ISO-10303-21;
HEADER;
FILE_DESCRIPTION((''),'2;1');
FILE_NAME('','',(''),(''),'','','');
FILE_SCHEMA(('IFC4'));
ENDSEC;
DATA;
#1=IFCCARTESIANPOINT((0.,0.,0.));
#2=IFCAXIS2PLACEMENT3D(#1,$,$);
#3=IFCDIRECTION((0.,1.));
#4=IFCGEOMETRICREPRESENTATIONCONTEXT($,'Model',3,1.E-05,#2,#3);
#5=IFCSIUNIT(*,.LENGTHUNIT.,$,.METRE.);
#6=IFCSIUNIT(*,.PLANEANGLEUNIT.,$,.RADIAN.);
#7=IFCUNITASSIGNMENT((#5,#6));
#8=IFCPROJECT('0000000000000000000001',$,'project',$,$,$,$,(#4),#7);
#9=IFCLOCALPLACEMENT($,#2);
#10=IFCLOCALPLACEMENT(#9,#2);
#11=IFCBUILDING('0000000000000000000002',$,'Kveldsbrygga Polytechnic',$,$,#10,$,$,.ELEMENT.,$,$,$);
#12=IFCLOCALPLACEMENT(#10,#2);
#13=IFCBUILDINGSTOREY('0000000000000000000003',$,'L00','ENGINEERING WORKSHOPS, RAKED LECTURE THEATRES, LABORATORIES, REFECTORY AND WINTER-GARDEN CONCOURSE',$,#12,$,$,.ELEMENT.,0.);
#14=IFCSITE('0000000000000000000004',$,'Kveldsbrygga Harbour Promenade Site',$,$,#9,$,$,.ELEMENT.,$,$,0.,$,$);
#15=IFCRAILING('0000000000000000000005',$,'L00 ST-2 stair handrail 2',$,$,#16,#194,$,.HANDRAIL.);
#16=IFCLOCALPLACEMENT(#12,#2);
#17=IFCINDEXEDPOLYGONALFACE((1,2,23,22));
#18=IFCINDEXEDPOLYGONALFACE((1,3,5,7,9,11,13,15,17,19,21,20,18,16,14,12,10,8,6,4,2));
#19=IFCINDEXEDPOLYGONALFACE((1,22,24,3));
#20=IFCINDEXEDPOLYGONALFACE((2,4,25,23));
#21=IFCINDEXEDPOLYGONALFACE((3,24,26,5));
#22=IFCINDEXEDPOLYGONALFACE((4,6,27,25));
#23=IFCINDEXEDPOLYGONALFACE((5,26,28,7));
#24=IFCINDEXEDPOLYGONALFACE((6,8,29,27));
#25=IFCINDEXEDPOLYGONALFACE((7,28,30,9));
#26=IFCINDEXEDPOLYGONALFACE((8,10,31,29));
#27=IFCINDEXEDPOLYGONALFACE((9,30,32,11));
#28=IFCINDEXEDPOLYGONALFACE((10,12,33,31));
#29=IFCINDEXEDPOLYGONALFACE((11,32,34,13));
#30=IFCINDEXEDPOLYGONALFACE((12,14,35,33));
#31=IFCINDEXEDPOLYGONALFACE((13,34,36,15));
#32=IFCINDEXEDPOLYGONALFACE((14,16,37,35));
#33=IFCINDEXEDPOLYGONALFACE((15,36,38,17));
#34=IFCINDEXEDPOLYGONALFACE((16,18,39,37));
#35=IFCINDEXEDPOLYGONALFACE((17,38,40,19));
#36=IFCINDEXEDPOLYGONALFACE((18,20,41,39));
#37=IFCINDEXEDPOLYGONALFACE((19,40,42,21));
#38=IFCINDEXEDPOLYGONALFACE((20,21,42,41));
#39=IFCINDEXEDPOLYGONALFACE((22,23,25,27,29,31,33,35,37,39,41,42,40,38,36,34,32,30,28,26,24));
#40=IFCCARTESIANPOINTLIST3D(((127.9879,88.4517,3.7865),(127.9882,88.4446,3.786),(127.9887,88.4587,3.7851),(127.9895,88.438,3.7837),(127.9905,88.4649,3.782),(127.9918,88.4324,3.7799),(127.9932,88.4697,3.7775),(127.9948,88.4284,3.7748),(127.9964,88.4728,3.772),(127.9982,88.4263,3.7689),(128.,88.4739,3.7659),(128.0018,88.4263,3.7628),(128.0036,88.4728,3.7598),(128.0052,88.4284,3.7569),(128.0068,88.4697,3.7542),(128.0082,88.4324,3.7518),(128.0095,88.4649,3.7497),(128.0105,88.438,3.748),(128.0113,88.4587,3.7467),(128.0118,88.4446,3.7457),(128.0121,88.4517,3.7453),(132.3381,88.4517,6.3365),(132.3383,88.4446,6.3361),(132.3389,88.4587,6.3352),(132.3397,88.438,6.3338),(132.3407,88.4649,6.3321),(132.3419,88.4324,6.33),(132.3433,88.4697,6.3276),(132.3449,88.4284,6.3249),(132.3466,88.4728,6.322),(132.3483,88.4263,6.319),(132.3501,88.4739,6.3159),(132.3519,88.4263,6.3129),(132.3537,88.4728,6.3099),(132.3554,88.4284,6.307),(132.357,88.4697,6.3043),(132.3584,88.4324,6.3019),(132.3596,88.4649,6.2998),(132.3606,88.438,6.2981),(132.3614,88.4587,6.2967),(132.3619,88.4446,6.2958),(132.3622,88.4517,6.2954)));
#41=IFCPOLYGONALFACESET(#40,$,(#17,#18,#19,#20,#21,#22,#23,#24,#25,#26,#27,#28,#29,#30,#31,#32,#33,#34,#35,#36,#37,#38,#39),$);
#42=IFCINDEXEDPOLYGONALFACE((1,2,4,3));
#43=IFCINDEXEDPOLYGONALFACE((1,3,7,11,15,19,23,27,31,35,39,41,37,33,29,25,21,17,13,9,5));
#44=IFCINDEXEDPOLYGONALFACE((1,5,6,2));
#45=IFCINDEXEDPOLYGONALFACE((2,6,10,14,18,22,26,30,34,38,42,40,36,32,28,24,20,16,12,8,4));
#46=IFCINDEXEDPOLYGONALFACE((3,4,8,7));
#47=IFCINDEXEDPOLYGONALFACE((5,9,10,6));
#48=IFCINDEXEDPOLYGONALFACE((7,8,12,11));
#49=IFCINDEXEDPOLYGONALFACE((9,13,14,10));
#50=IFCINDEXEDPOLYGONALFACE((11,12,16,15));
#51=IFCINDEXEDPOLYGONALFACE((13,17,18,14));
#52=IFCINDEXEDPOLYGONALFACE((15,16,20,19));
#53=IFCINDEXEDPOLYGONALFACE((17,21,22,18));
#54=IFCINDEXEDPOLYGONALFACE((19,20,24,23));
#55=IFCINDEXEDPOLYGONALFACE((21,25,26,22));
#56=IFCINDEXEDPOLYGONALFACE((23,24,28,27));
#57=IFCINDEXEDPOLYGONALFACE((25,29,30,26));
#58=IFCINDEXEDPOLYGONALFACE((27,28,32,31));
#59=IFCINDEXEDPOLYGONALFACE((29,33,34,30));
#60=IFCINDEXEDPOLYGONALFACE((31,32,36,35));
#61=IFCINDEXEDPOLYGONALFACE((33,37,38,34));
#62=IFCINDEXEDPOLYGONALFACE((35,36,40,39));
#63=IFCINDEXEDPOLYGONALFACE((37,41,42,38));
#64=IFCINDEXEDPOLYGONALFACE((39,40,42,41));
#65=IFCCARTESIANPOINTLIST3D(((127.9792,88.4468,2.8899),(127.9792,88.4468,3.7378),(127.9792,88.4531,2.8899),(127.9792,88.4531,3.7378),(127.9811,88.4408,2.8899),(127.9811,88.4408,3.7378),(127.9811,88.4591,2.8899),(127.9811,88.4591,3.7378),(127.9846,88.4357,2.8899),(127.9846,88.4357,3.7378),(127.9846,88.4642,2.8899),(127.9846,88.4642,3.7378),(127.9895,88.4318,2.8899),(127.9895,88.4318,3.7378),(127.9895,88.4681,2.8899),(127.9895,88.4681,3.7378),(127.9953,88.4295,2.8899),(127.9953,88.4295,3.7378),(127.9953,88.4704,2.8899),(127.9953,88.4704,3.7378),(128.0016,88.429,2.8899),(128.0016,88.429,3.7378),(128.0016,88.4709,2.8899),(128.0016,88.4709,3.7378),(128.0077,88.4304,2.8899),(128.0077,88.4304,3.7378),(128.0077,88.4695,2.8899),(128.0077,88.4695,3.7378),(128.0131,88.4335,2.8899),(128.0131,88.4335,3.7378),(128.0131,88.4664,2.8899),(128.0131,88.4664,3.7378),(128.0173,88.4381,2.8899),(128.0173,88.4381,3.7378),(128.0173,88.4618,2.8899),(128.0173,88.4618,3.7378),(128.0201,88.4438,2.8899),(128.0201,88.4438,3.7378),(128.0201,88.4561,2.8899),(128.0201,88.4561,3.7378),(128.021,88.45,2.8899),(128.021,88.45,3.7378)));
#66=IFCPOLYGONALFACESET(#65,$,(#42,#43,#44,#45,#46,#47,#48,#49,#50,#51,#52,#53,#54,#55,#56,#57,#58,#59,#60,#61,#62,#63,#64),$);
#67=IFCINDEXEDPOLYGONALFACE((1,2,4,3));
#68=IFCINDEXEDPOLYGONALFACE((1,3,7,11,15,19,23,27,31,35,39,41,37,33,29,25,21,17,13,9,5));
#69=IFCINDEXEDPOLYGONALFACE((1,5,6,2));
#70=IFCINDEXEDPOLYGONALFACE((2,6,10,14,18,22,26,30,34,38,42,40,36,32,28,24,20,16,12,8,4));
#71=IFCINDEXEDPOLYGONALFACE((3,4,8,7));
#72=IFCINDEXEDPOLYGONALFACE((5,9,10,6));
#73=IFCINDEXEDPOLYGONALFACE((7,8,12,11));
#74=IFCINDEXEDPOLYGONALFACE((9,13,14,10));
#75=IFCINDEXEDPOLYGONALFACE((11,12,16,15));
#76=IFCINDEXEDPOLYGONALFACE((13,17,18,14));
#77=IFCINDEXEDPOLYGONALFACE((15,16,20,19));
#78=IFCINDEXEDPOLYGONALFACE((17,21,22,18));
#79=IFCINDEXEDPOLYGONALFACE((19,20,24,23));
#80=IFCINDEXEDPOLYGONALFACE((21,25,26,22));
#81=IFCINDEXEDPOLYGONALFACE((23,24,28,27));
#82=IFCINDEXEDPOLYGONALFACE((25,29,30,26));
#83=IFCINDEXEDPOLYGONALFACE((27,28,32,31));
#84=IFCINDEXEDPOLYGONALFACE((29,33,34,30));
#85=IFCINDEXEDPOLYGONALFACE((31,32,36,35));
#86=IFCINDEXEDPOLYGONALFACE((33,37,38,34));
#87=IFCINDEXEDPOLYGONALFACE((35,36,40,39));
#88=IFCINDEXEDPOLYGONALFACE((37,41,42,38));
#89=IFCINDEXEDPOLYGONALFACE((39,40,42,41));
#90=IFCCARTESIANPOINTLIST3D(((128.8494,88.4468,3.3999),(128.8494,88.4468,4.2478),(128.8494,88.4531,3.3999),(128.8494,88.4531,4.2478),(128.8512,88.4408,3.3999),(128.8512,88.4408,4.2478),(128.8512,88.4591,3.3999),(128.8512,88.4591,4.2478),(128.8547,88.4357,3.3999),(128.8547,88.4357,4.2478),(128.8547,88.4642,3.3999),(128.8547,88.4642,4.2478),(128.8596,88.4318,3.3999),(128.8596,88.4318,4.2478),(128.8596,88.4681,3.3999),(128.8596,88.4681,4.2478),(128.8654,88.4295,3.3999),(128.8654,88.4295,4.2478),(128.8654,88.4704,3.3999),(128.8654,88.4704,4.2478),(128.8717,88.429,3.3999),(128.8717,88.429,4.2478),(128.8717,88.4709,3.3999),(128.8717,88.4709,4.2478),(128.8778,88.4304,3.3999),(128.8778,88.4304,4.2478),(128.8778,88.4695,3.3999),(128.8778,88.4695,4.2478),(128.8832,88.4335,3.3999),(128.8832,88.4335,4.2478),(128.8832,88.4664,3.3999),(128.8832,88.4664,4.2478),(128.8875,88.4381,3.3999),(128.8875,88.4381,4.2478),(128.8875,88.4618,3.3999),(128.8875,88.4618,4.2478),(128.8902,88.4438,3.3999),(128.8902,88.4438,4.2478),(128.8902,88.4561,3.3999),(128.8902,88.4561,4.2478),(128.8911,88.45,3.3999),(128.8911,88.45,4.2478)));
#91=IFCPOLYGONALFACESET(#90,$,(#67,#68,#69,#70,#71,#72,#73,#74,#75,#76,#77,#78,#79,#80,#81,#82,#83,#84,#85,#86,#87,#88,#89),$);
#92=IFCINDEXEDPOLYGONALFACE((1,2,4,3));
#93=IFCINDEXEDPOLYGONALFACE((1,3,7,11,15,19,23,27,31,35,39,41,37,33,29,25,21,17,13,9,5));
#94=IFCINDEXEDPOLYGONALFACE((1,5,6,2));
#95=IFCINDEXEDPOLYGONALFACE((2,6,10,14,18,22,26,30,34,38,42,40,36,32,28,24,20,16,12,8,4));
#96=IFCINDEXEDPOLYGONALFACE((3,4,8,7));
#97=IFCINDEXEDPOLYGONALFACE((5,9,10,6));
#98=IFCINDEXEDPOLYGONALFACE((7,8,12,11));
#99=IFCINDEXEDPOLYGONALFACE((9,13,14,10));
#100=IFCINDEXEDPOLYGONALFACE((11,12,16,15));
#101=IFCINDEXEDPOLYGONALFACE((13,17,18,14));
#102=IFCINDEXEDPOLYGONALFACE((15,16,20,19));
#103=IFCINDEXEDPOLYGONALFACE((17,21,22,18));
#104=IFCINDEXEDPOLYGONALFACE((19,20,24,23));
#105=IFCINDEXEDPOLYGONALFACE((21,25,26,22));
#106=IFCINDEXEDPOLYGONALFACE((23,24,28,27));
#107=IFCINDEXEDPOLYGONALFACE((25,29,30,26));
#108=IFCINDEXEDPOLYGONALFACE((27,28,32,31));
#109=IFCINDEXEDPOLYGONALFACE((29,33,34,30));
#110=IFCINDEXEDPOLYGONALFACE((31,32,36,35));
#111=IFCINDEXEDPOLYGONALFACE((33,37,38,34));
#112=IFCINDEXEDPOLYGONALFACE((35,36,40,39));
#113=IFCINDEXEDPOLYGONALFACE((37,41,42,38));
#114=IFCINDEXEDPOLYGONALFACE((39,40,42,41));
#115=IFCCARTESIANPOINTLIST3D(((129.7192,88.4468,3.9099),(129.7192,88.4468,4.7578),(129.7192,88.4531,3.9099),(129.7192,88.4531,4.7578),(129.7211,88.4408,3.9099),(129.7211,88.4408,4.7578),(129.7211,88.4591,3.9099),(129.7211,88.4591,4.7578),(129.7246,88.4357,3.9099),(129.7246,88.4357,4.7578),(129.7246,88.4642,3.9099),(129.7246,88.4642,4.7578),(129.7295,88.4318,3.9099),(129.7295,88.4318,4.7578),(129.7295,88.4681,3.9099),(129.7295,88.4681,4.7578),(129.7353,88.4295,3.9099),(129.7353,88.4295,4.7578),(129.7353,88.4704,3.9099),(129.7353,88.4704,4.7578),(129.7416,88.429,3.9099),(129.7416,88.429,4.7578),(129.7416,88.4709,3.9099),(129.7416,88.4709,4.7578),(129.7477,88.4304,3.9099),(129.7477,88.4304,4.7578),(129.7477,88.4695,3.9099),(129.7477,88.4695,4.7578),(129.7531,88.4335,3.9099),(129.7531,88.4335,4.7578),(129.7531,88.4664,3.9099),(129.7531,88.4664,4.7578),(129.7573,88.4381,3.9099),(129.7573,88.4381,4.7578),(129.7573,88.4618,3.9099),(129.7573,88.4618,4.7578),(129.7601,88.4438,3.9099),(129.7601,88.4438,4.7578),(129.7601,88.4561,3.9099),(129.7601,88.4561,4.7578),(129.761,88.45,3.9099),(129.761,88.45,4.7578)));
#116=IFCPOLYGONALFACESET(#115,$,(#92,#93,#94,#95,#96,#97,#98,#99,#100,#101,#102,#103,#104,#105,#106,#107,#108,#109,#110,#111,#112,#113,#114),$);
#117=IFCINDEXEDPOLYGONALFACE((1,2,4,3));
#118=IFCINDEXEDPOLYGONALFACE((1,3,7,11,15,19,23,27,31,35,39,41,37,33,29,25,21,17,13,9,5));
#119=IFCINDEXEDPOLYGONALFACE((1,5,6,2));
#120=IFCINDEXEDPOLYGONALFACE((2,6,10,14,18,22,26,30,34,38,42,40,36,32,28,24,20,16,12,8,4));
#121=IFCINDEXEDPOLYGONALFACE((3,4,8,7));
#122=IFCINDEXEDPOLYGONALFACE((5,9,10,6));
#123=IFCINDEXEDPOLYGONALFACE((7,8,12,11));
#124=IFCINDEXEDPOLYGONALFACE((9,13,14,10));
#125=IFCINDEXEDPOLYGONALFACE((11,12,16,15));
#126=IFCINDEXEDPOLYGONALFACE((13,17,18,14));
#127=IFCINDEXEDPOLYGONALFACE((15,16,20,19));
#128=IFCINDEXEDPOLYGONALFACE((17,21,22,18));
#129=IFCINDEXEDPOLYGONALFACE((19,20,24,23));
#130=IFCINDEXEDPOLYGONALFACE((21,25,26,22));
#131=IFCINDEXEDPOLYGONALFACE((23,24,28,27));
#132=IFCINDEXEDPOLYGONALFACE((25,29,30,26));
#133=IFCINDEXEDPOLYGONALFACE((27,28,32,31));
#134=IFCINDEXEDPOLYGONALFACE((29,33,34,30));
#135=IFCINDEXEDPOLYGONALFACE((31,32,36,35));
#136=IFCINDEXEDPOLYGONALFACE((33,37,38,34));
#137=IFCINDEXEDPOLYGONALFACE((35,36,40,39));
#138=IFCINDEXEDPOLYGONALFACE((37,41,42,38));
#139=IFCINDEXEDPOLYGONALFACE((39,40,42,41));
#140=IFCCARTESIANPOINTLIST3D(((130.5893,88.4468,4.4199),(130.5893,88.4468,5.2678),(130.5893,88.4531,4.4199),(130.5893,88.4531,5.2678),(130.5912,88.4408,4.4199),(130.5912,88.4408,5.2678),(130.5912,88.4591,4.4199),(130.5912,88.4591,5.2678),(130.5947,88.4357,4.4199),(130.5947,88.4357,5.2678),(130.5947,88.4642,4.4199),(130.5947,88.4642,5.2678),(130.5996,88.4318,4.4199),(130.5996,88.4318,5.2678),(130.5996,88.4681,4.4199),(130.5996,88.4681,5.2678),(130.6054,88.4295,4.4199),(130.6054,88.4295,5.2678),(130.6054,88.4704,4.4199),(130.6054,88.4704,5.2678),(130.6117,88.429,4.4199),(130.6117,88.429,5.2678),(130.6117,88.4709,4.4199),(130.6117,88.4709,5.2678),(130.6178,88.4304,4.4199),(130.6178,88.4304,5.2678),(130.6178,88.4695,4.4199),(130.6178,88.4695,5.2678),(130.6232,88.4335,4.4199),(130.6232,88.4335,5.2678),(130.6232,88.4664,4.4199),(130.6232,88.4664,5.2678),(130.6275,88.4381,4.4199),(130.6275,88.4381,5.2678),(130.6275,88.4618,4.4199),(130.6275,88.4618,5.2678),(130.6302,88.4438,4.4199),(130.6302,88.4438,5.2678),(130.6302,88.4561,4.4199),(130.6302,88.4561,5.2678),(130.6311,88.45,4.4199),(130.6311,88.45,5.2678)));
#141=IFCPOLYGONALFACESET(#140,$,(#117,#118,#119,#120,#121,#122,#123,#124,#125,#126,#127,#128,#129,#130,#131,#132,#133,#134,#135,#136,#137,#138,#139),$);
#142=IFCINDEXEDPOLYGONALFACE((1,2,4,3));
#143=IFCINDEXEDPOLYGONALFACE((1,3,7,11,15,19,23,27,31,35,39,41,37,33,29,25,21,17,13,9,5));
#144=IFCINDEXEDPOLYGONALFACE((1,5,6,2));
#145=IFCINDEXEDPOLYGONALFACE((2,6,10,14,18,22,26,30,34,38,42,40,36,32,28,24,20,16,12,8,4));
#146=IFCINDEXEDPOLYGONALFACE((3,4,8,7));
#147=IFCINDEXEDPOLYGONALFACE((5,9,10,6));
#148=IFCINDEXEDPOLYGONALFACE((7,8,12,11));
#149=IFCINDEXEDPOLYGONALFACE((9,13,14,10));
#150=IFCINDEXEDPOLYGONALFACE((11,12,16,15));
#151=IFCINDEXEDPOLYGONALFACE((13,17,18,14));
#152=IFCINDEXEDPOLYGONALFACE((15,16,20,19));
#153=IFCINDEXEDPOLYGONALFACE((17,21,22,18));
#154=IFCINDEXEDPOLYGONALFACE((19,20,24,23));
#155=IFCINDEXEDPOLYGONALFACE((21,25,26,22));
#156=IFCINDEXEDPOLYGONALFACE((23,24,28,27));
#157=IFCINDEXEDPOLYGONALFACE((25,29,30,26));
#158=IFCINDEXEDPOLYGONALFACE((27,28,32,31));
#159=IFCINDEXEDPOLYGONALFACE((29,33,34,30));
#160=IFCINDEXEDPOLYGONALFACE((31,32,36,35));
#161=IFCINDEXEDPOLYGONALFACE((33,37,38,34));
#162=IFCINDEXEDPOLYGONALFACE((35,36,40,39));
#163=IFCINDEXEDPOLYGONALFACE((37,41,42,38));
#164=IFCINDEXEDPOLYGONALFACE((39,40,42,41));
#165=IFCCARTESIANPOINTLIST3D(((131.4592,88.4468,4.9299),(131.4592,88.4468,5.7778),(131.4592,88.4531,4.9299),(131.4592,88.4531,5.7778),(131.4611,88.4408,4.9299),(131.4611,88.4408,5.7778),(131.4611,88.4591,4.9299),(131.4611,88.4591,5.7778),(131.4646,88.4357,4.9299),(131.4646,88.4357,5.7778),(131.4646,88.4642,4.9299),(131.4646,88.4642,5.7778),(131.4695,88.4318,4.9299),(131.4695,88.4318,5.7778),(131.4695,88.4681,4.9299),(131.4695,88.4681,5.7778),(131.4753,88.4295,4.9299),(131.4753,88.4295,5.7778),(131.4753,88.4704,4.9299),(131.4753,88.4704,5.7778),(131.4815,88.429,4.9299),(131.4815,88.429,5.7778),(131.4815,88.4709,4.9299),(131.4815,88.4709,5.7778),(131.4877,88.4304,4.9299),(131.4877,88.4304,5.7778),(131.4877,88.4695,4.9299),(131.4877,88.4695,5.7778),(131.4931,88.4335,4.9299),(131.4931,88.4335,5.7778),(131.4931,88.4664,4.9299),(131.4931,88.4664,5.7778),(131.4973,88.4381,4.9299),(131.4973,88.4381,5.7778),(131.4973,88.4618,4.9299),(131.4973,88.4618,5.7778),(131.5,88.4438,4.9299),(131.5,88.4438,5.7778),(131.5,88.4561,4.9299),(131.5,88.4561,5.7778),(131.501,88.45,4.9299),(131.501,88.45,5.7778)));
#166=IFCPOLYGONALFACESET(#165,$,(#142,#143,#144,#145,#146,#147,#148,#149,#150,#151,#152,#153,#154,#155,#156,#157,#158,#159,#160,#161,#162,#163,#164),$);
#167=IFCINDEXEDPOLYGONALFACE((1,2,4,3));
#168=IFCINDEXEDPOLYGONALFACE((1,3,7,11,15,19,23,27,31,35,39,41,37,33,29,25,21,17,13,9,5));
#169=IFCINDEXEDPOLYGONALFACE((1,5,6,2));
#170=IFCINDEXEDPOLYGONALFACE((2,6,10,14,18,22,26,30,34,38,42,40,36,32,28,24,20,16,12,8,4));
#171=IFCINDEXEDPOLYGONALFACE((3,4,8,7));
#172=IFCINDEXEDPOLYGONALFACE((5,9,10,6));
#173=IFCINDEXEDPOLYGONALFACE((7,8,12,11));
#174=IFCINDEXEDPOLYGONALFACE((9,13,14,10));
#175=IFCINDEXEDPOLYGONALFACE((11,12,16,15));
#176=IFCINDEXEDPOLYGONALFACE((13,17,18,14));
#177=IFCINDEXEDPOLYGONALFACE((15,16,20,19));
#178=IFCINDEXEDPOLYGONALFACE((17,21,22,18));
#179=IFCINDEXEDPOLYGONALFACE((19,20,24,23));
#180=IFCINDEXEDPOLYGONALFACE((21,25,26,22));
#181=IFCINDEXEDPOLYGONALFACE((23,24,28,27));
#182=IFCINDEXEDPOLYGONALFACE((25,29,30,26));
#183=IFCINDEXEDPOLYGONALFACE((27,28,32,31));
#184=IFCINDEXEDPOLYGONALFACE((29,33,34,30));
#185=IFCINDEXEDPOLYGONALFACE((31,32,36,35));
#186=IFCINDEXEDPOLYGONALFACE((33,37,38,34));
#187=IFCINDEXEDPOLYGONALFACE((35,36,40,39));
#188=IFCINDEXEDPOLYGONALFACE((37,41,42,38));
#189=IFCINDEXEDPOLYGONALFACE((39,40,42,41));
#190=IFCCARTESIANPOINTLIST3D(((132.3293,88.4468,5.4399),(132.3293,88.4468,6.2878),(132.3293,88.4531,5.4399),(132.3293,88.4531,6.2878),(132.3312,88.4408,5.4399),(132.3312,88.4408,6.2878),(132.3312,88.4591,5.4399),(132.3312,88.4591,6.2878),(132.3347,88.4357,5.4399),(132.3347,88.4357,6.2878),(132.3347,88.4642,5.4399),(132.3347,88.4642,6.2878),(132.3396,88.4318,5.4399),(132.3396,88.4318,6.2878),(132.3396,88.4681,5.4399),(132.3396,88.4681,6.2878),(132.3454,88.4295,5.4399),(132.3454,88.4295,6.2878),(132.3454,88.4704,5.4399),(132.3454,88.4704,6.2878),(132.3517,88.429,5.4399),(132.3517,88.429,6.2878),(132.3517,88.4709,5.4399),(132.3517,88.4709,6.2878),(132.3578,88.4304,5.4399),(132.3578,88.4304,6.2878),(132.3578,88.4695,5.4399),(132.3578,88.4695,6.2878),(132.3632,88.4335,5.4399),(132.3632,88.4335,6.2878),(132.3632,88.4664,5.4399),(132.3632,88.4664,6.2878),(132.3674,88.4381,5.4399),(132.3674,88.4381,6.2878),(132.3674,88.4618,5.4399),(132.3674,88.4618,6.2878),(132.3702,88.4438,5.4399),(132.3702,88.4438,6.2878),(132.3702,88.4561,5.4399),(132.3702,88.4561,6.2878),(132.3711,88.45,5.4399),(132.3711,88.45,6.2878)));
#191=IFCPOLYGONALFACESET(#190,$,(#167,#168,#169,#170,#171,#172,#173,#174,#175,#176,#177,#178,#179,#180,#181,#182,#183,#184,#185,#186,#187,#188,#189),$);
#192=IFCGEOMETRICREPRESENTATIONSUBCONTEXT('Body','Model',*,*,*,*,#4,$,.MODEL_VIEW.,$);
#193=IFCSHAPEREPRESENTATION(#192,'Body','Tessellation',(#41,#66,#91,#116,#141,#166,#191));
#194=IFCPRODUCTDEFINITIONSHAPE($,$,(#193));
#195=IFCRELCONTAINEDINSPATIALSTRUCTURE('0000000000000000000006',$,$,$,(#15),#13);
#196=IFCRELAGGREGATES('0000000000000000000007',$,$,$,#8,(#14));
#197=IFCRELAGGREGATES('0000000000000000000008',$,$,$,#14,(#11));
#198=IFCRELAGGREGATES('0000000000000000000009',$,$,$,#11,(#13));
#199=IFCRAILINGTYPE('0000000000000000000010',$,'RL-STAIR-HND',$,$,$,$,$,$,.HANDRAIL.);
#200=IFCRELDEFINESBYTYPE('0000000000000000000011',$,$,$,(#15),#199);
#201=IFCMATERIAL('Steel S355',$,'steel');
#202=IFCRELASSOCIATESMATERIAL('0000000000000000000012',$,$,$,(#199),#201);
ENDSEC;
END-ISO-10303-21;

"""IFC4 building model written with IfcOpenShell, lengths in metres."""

from ifc_helpers import new_model, si_unit, direction, frame, origin, origin_2d, place, context, subcontext, project, spatial, circle, extrude, material, type_object, element, save


model = new_model("IFC4")

# Units and contexts
model_context = context("Model", 3, precision=1e-05, world=origin(), true_north=direction((0.0, 1.0)))
body_context = subcontext(model_context, "Body", "Model", "MODEL_VIEW")
ifc_project = project(units=[si_unit("LENGTHUNIT", "METRE"), si_unit("PLANEANGLEUNIT", "RADIAN")], contexts=[model_context])

# Site, building, storey
site_placement = place(None, origin())
site = spatial("IfcSite", under=ifc_project, at=site_placement, Name="Kveldsbrygga Harbour Promenade Site", CompositionType="ELEMENT", RefElevation=0.0)
building_placement = place(site_placement, origin())
building = spatial("IfcBuilding", under=site, at=building_placement, Name="Kveldsbrygga Polytechnic", CompositionType="ELEMENT")
storey_placement = place(building_placement, origin())
storey = spatial("IfcBuildingStorey", under=building, at=storey_placement, Name="L00", Description="ENGINEERING WORKSHOPS, RAKED LECTURE THEATRES, LABORATORIES, REFECTORY AND WINTER-GARDEN CONCOURSE", CompositionType="ELEMENT", Elevation=0.0)

# Railing
ifc_material_1 = material(Name="Steel S355", Category="steel")
railing_type_1 = type_object("IfcRailingType", Name="RL-STAIR-HND", PredefinedType="HANDRAIL", material=ifc_material_1)
railing_1_placement = place(storey_placement, frame((128.0, 88.45, 2.8899)))
element("IfcRailing", 1, at=railing_1_placement, inside=storey, type_object=railing_type_1, Name="L00 ST-2 stair handrail 2", PredefinedType="HANDRAIL", context=body_context, shape_type="SweptSolid", body=[
    extrude(circle(Radius=0.0239, at=origin_2d()), frame((0.0, 0.0, 0.876), z_axis=(0.862699, 0.0, 0.505718), x_axis=(0.0, 1.0, 0.0)), (0.0, 0.0, 1.0), 5.0425),
    extrude(circle(Radius=0.021, at=origin_2d()), origin(), (0.0, 0.0, 1.0), 0.8479),
    extrude(circle(Radius=0.021, at=origin_2d()), frame((0.8701, 0.0, 0.51)), (0.0, 0.0, 1.0), 0.8479),
    extrude(circle(Radius=0.021, at=origin_2d()), frame((1.74, 0.0, 1.02)), (0.0, 0.0, 1.0), 0.8479),
    extrude(circle(Radius=0.021, at=origin_2d()), frame((2.6101, 0.0, 1.53)), (0.0, 0.0, 1.0), 0.8479),
    extrude(circle(Radius=0.021, at=origin_2d()), frame((3.48, 0.0, 2.04)), (0.0, 0.0, 1.0), 0.8479),
    extrude(circle(Radius=0.021, at=origin_2d()), frame((4.3501, 0.0, 2.55)), (0.0, 0.0, 1.0), 0.8479),
])

save(model, "model.ifc")
